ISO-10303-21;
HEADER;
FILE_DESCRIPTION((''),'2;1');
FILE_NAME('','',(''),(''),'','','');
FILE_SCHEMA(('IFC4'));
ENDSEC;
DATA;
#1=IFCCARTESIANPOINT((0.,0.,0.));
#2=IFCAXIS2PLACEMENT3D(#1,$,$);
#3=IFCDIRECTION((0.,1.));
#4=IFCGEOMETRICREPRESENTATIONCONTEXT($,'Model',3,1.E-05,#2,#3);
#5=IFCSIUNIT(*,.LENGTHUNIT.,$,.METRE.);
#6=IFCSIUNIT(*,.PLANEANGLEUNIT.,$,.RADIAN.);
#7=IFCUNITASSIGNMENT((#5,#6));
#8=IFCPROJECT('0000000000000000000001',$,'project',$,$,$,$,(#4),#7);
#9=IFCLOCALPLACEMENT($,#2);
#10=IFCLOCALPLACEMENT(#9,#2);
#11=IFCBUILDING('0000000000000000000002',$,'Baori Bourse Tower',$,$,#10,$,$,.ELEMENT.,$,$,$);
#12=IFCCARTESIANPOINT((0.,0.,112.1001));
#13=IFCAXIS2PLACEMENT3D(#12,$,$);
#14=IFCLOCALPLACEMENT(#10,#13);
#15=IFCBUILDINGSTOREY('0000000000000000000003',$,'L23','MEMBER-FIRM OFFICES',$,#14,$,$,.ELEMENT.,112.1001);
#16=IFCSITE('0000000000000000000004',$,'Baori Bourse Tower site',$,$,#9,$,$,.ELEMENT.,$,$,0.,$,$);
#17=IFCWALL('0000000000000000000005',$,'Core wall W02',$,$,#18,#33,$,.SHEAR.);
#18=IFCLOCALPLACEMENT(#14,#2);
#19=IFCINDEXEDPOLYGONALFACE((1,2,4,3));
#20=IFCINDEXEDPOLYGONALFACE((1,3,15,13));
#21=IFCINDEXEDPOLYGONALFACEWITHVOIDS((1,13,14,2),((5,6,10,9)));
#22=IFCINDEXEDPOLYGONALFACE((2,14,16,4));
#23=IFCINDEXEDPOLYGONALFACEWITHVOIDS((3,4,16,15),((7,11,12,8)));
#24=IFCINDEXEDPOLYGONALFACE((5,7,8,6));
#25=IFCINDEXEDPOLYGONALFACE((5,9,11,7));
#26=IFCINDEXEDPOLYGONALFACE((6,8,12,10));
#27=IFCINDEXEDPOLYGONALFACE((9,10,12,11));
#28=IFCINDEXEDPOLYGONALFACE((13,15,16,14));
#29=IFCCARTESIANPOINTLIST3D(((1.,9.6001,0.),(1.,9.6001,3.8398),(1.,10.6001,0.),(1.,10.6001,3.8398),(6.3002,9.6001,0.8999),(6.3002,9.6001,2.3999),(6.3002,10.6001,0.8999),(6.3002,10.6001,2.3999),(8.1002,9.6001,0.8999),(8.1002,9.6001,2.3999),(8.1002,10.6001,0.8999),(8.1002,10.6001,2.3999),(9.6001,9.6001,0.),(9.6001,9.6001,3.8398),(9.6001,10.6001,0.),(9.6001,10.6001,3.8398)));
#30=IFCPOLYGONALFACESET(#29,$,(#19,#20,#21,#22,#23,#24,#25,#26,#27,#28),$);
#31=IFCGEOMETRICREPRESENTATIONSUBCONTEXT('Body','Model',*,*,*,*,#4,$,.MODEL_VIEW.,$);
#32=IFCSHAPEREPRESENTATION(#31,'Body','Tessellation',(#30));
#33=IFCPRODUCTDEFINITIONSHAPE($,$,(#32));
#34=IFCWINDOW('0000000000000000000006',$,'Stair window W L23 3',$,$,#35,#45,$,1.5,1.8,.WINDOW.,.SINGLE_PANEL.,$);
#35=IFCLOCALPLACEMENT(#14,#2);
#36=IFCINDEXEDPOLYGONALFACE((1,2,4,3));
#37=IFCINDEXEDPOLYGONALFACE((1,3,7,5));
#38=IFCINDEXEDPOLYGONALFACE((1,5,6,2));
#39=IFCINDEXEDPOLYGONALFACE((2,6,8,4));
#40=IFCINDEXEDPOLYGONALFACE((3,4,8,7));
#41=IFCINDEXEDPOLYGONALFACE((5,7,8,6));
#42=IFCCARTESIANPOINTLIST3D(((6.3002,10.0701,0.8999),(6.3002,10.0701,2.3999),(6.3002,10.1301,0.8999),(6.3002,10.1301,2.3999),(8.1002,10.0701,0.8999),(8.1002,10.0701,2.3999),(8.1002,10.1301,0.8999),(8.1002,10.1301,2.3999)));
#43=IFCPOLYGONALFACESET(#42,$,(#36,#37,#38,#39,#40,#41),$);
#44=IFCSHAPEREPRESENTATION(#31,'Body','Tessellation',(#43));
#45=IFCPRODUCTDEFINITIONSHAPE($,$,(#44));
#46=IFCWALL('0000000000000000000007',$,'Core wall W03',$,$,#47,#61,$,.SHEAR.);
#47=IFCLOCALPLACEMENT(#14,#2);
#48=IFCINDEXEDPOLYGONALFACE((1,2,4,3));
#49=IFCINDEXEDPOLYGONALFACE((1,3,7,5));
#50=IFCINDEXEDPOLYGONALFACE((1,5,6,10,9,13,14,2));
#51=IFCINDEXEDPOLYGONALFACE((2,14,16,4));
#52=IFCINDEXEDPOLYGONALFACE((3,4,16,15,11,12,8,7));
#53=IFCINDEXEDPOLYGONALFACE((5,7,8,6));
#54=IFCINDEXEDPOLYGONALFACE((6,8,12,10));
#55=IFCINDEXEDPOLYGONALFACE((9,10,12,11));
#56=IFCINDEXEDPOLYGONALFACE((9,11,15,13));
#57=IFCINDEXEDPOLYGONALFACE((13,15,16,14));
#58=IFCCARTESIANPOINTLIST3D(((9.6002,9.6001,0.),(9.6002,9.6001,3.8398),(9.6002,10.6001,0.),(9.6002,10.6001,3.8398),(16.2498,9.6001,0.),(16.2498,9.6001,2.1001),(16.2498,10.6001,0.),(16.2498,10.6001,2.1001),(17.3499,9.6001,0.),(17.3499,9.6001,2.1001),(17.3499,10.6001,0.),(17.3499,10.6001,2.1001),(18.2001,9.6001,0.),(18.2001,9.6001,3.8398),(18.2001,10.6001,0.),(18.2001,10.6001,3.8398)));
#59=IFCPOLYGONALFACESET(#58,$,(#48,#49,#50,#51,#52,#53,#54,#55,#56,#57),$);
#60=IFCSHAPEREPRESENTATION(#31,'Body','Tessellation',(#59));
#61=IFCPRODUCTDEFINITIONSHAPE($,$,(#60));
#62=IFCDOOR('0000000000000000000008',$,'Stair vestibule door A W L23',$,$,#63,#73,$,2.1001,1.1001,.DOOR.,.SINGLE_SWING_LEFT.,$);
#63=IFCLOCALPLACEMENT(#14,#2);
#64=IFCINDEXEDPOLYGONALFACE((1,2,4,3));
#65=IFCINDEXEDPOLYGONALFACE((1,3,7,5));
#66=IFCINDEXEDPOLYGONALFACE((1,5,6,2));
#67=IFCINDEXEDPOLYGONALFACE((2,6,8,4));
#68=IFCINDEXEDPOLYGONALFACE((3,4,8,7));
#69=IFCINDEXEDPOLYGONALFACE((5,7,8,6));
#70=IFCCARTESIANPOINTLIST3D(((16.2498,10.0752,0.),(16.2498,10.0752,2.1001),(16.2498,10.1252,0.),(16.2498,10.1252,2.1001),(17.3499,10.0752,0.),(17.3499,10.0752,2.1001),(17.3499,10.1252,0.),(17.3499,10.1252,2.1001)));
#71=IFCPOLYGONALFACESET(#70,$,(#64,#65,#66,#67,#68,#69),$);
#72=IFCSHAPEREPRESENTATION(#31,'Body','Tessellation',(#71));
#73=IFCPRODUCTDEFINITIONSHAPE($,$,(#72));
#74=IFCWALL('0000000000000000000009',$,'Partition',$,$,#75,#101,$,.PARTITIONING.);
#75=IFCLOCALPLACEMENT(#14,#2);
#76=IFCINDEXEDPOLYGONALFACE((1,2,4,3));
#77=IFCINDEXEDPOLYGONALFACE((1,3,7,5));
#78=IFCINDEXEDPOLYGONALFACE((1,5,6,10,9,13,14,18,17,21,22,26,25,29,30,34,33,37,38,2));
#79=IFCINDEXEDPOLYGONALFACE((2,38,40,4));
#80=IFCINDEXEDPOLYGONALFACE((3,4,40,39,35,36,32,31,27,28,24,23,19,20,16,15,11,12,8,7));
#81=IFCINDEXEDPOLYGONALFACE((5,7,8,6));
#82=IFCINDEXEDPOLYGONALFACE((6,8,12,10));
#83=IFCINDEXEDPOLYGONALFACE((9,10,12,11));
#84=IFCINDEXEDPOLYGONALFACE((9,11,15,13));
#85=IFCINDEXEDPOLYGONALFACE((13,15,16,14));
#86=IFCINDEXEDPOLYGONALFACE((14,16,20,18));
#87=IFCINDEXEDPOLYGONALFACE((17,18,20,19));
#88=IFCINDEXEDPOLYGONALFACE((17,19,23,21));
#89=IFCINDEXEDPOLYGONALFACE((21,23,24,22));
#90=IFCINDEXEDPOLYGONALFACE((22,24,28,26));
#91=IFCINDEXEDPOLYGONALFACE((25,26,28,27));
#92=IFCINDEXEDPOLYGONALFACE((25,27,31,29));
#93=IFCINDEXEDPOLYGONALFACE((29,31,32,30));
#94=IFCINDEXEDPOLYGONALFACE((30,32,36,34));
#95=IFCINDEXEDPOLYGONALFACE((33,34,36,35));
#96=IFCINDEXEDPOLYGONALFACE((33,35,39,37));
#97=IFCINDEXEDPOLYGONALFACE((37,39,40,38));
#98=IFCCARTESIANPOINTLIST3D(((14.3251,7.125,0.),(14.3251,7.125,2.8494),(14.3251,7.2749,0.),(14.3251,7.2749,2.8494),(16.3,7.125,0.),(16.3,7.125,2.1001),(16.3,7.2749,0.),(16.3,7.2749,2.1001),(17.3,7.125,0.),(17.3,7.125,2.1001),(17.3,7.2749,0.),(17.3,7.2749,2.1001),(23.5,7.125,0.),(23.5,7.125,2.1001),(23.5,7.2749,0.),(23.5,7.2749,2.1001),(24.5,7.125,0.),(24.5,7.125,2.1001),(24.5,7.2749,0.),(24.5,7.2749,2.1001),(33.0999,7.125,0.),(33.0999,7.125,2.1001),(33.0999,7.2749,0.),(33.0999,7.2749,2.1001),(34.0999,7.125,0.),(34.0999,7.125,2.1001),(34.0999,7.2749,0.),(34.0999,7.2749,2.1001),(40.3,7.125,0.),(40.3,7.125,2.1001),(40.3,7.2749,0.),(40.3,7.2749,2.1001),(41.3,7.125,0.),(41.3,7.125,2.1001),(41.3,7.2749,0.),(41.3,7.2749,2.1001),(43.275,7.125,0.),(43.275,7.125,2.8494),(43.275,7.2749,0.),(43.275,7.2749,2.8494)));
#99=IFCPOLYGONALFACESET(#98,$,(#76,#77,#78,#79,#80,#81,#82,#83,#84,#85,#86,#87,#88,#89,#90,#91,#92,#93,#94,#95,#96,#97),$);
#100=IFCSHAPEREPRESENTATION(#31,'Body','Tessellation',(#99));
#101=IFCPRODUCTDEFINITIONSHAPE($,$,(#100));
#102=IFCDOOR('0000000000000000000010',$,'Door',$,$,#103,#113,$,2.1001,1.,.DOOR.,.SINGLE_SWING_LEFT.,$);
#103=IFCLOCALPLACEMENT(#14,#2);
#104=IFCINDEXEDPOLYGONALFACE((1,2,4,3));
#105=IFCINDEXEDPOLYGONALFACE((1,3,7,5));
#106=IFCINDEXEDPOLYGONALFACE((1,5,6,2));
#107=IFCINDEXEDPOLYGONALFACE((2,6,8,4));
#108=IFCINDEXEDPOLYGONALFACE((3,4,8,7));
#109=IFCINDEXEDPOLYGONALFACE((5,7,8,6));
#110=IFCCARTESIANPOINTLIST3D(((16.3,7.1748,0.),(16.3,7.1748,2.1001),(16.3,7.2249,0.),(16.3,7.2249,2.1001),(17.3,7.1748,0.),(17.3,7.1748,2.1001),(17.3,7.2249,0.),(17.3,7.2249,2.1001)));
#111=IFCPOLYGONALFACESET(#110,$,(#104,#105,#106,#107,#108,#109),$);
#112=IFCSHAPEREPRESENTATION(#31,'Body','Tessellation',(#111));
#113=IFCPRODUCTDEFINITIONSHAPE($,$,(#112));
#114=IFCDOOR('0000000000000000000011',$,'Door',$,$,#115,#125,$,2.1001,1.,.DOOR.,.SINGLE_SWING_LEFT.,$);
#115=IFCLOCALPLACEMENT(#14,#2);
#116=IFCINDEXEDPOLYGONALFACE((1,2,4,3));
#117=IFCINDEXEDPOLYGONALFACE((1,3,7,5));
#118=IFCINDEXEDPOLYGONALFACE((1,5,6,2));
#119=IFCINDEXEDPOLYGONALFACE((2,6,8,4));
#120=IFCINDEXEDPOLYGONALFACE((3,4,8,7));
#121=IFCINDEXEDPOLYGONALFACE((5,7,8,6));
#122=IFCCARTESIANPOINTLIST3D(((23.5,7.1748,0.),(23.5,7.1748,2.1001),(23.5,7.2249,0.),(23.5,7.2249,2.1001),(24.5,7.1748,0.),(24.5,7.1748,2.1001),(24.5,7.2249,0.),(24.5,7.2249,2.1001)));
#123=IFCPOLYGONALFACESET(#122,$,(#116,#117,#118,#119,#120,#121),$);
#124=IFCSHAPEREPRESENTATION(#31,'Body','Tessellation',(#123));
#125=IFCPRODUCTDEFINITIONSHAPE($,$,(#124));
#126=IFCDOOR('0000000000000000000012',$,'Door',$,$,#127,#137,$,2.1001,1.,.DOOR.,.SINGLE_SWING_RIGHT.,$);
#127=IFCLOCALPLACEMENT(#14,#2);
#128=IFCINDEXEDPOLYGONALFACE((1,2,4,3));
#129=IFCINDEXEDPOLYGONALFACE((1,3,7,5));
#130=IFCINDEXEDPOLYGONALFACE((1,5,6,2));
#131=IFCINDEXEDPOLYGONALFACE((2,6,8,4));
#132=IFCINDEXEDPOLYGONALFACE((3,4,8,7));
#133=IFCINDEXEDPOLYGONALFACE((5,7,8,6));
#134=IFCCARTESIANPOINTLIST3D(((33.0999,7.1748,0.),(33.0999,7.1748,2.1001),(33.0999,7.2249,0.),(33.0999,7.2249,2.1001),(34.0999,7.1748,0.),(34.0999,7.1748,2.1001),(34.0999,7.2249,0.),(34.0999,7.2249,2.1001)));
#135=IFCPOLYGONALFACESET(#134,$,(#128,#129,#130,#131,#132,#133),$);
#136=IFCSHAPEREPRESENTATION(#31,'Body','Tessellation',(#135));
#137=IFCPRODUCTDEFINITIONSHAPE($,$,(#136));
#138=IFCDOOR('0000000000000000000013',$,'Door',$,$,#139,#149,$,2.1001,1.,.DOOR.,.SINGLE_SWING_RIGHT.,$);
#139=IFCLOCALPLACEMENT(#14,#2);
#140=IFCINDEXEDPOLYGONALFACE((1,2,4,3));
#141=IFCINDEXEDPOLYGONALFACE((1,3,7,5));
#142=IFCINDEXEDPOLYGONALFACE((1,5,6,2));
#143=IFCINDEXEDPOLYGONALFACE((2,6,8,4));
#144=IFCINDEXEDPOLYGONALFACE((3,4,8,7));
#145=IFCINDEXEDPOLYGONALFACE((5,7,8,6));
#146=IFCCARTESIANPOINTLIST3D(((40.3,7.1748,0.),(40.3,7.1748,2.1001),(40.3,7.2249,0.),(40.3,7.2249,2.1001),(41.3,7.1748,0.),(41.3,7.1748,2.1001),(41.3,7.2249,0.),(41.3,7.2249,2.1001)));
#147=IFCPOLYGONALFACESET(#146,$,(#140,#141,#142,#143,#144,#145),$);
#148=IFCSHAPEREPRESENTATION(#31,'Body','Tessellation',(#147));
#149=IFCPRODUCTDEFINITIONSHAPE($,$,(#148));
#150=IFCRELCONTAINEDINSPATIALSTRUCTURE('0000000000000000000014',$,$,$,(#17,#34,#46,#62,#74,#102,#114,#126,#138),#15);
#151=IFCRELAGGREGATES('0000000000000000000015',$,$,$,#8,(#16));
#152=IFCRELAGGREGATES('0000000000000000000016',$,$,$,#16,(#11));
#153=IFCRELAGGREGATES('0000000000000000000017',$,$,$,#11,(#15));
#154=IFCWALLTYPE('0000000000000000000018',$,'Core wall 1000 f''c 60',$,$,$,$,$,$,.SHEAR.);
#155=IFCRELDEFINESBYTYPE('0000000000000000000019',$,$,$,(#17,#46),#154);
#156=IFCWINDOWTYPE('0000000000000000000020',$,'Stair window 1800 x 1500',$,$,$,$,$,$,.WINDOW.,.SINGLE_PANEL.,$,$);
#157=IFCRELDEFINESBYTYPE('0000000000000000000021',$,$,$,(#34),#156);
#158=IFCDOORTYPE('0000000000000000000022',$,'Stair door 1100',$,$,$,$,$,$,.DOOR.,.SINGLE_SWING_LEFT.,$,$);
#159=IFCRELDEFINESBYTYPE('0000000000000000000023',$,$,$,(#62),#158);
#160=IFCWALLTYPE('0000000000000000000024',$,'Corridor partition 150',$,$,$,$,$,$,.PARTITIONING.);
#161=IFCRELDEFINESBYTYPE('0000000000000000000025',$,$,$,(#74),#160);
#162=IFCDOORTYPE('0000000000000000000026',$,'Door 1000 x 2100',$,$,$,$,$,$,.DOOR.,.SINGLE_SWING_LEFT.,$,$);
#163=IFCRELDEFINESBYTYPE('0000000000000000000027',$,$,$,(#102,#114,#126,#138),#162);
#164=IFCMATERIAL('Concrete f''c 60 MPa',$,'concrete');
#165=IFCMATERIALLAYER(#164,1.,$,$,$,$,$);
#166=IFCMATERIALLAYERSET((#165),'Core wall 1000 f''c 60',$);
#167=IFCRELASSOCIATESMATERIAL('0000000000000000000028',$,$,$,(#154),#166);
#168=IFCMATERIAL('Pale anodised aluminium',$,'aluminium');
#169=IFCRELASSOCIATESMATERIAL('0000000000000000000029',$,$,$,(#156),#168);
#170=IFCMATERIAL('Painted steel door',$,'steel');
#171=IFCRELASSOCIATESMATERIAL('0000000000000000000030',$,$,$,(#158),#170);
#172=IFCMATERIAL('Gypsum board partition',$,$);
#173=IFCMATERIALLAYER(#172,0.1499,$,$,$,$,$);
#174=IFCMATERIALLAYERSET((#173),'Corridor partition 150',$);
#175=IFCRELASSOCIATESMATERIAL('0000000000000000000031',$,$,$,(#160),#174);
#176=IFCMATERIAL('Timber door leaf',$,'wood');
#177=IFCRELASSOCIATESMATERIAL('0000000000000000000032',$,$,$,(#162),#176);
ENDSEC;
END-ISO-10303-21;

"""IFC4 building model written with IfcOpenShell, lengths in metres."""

from ifc_helpers import new_model, si_unit, direction, frame, frame_2d, origin, place, context, subcontext, project, spatial, rectangle, extrude, material, layer, layer_set, type_object, element, fill, save


model = new_model("IFC4")

# Units and contexts
model_context = context("Model", 3, precision=1e-05, world=origin(), true_north=direction((0.0, 1.0)))
body_context = subcontext(model_context, "Body", "Model", "MODEL_VIEW")
ifc_project = project(units=[si_unit("LENGTHUNIT", "METRE"), si_unit("PLANEANGLEUNIT", "RADIAN")], contexts=[model_context])

# Site, building, storey
site_placement = place(None, origin())
site = spatial("IfcSite", under=ifc_project, at=site_placement, Name="Baori Bourse Tower site", CompositionType="ELEMENT", RefElevation=0.0)
building_placement = place(site_placement, origin())
building = spatial("IfcBuilding", under=site, at=building_placement, Name="Baori Bourse Tower", CompositionType="ELEMENT")
storey_placement = place(building_placement, frame((0.0, 0.0, 112.1001)))
storey = spatial("IfcBuildingStorey", under=building, at=storey_placement, Name="L23", Description="MEMBER-FIRM OFFICES", CompositionType="ELEMENT", Elevation=112.1001)

# Wall, opening, window
ifc_material_1 = material(Name="Concrete f'c 60 MPa", Category="concrete")
ifc_layer_1 = layer(ifc_material_1, 1.0)
ifc_layer_set_1 = layer_set([ifc_layer_1], Name="Core wall 1000 f'c 60")
wall_type_1 = type_object("IfcWallType", Name="Core wall 1000 f'c 60", PredefinedType="SHEAR", material=ifc_layer_set_1)
wall_1_placement = place(storey_placement, frame((9.6001, 10.1001, 0.0), z_axis=(0.0, 0.0, 1.0), x_axis=(-1.0, 0.0, 0.0)))
wall_1 = element("IfcWall", 1, at=wall_1_placement, inside=storey, type_object=wall_type_1, Name="Core wall W02", PredefinedType="SHEAR", context=body_context, shape_type="SweptSolid", body=[
    extrude(rectangle(XDim=8.6001, YDim=1.0, at=frame_2d((4.3, 0.0))), origin(), (0.0, 0.0, 1.0), 3.8398),
])
opening_1_placement = place(wall_1_placement, frame((1.5, 0.0, 0.8999)))
opening_1 = element("IfcOpeningElement", 2, at=opening_1_placement, cuts=wall_1, PredefinedType="OPENING", context=body_context, shape_type="SweptSolid", body=[
    extrude(rectangle(XDim=1.8, YDim=1.5, at=frame_2d((0.8999, 0.75))), frame((0.0, 0.51, 0.0), z_axis=(0.0, -1.0, 0.0), x_axis=(1.0, 0.0, 0.0)), (0.0, 0.0, 1.0), 1.02),
])
ifc_material_2 = material(Name="Pale anodised aluminium", Category="aluminium")
window_type = type_object("IfcWindowType", Name="Stair window 1800 x 1500", PartitioningType="SINGLE_PANEL", PredefinedType="WINDOW", material=ifc_material_2)
window_placement = place(opening_1_placement, origin())
window = element("IfcWindow", 3, at=window_placement, inside=storey, type_object=window_type, Name="Stair window W L23 3", OverallHeight=1.5, OverallWidth=1.8, PartitioningType="SINGLE_PANEL", PredefinedType="WINDOW", context=body_context, shape_type="SweptSolid", body=[
    extrude(rectangle(XDim=1.8, YDim=1.5, at=frame_2d((0.8999, 0.75))), frame((0.0, 0.03, 0.0), z_axis=(0.0, -1.0, 0.0), x_axis=(1.0, 0.0, 0.0)), (0.0, 0.0, 1.0), 0.0601),
])
fill(opening_1, window)

# Wall, opening, door
wall_2_placement = place(storey_placement, frame((18.2, 10.1001, 0.0), z_axis=(0.0, 0.0, 1.0), x_axis=(-1.0, 0.0, 0.0)))
wall_2 = element("IfcWall", 4, at=wall_2_placement, inside=storey, type_object=wall_type_1, Name="Core wall W03", PredefinedType="SHEAR", context=body_context, shape_type="SweptSolid", body=[
    extrude(rectangle(XDim=8.5999, YDim=1.0, at=frame_2d((4.2998, 0.0))), origin(), (0.0, 0.0, 1.0), 3.8398),
])
opening_2_placement = place(wall_2_placement, frame((0.8501, 0.0, 0.0)))
opening_2 = element("IfcOpeningElement", 5, at=opening_2_placement, cuts=wall_2, PredefinedType="OPENING", context=body_context, shape_type="SweptSolid", body=[
    extrude(rectangle(XDim=1.1001, YDim=2.1001, at=frame_2d((0.55, 1.05))), frame((0.0, 0.51, 0.0), z_axis=(0.0, -1.0, 0.0), x_axis=(1.0, 0.0, 0.0)), (0.0, 0.0, 1.0), 1.02),
])
ifc_material_3 = material(Name="Painted steel door", Category="steel")
door_type_1 = type_object("IfcDoorType", Name="Stair door 1100", OperationType="SINGLE_SWING_LEFT", PredefinedType="DOOR", material=ifc_material_3)
door_1_placement = place(opening_2_placement, origin())
door_1 = element("IfcDoor", 6, at=door_1_placement, inside=storey, type_object=door_type_1, Name="Stair vestibule door A W L23", OperationType="SINGLE_SWING_LEFT", OverallHeight=2.1001, OverallWidth=1.1001, PredefinedType="DOOR", context=body_context, shape_type="SweptSolid", body=[
    extrude(rectangle(XDim=1.1001, YDim=2.1001, at=frame_2d((0.55, 1.05))), frame((0.0, 0.0249, 0.0), z_axis=(0.0, -1.0, 0.0), x_axis=(1.0, 0.0, 0.0)), (0.0, 0.0, 1.0), 0.05),
])
fill(opening_2, door_1)

# Wall, openings, doors
ifc_material_4 = material(Name="Gypsum board partition")
ifc_layer_2 = layer(ifc_material_4, 0.1499)
ifc_layer_set_2 = layer_set([ifc_layer_2], Name="Corridor partition 150")
wall_type_2 = type_object("IfcWallType", Name="Corridor partition 150", PredefinedType="PARTITIONING", material=ifc_layer_set_2)
wall_3_placement = place(storey_placement, frame((14.325, 7.2, 0.0), z_axis=(0.0, 0.0, 1.0), x_axis=(1.0, 0.0, 0.0)))
wall_3 = element("IfcWall", 7, at=wall_3_placement, inside=storey, type_object=wall_type_2, Name="Partition", PredefinedType="PARTITIONING", context=body_context, shape_type="SweptSolid", body=[
    extrude(rectangle(XDim=28.95, YDim=0.1499, at=frame_2d((14.4751, 0.0))), origin(), (0.0, 0.0, 1.0), 2.8494),
])
opening_3_placement = place(wall_3_placement, frame((1.9751, 0.0, 0.0)))
opening_3 = element("IfcOpeningElement", 8, at=opening_3_placement, cuts=wall_3, PredefinedType="OPENING", context=body_context, shape_type="SweptSolid", body=[
    extrude(rectangle(XDim=1.0, YDim=2.1001, at=frame_2d((0.5, 1.05))), frame((0.0, 0.085, 0.0), z_axis=(0.0, -1.0, 0.0), x_axis=(1.0, 0.0, 0.0)), (0.0, 0.0, 1.0), 0.1699),
])
opening_4_placement = place(wall_3_placement, frame((9.175, 0.0, 0.0)))
opening_4 = element("IfcOpeningElement", 9, at=opening_4_placement, cuts=wall_3, PredefinedType="OPENING", context=body_context, shape_type="SweptSolid", body=[
    extrude(rectangle(XDim=1.0, YDim=2.1001, at=frame_2d((0.5, 1.05))), frame((0.0, 0.085, 0.0), z_axis=(0.0, -1.0, 0.0), x_axis=(1.0, 0.0, 0.0)), (0.0, 0.0, 1.0), 0.1699),
])
opening_5_placement = place(wall_3_placement, frame((18.7749, 0.0, 0.0)))
opening_5 = element("IfcOpeningElement", 10, at=opening_5_placement, cuts=wall_3, PredefinedType="OPENING", context=body_context, shape_type="SweptSolid", body=[
    extrude(rectangle(XDim=1.0, YDim=2.1001, at=frame_2d((0.5, 1.05))), frame((0.0, 0.085, 0.0), z_axis=(0.0, -1.0, 0.0), x_axis=(1.0, 0.0, 0.0)), (0.0, 0.0, 1.0), 0.1699),
])
opening_6_placement = place(wall_3_placement, frame((25.9751, 0.0, 0.0)))
opening_6 = element("IfcOpeningElement", 11, at=opening_6_placement, cuts=wall_3, PredefinedType="OPENING", context=body_context, shape_type="SweptSolid", body=[
    extrude(rectangle(XDim=1.0, YDim=2.1001, at=frame_2d((0.5, 1.05))), frame((0.0, 0.085, 0.0), z_axis=(0.0, -1.0, 0.0), x_axis=(1.0, 0.0, 0.0)), (0.0, 0.0, 1.0), 0.1699),
])
ifc_material_5 = material(Name="Timber door leaf", Category="wood")
door_type_2 = type_object("IfcDoorType", Name="Door 1000 x 2100", OperationType="SINGLE_SWING_LEFT", PredefinedType="DOOR", material=ifc_material_5)
door_2_placement = place(opening_3_placement, origin())
door_2 = element("IfcDoor", 12, at=door_2_placement, inside=storey, type_object=door_type_2, Name="Door", OperationType="SINGLE_SWING_LEFT", OverallHeight=2.1001, OverallWidth=1.0, PredefinedType="DOOR", context=body_context, shape_type="SweptSolid", body=[
    extrude(rectangle(XDim=1.0, YDim=2.1001, at=frame_2d((0.5, 1.05))), frame((0.0, 0.0249, 0.0), z_axis=(0.0, -1.0, 0.0), x_axis=(1.0, 0.0, 0.0)), (0.0, 0.0, 1.0), 0.05),
])
fill(opening_3, door_2)
door_3_placement = place(opening_4_placement, origin())
door_3 = element("IfcDoor", 13, at=door_3_placement, inside=storey, type_object=door_type_2, Name="Door", OperationType="SINGLE_SWING_LEFT", OverallHeight=2.1001, OverallWidth=1.0, PredefinedType="DOOR", context=body_context, shape_type="SweptSolid", body=[
    extrude(rectangle(XDim=1.0, YDim=2.1001, at=frame_2d((0.5, 1.05))), frame((0.0, 0.0249, 0.0), z_axis=(0.0, -1.0, 0.0), x_axis=(1.0, 0.0, 0.0)), (0.0, 0.0, 1.0), 0.05),
])
fill(opening_4, door_3)
door_4_placement = place(opening_5_placement, origin())
door_4 = element("IfcDoor", 14, at=door_4_placement, inside=storey, type_object=door_type_2, Name="Door", OperationType="SINGLE_SWING_RIGHT", OverallHeight=2.1001, OverallWidth=1.0, PredefinedType="DOOR", context=body_context, shape_type="SweptSolid", body=[
    extrude(rectangle(XDim=1.0, YDim=2.1001, at=frame_2d((0.5, 1.05))), frame((0.0, 0.0249, 0.0), z_axis=(0.0, -1.0, 0.0), x_axis=(1.0, 0.0, 0.0)), (0.0, 0.0, 1.0), 0.05),
])
fill(opening_5, door_4)
door_5_placement = place(opening_6_placement, origin())
door_5 = element("IfcDoor", 15, at=door_5_placement, inside=storey, type_object=door_type_2, Name="Door", OperationType="SINGLE_SWING_RIGHT", OverallHeight=2.1001, OverallWidth=1.0, PredefinedType="DOOR", context=body_context, shape_type="SweptSolid", body=[
    extrude(rectangle(XDim=1.0, YDim=2.1001, at=frame_2d((0.5, 1.05))), frame((0.0, 0.0249, 0.0), z_axis=(0.0, -1.0, 0.0), x_axis=(1.0, 0.0, 0.0)), (0.0, 0.0, 1.0), 0.05),
])
fill(opening_6, door_5)

save(model, "model.ifc")
